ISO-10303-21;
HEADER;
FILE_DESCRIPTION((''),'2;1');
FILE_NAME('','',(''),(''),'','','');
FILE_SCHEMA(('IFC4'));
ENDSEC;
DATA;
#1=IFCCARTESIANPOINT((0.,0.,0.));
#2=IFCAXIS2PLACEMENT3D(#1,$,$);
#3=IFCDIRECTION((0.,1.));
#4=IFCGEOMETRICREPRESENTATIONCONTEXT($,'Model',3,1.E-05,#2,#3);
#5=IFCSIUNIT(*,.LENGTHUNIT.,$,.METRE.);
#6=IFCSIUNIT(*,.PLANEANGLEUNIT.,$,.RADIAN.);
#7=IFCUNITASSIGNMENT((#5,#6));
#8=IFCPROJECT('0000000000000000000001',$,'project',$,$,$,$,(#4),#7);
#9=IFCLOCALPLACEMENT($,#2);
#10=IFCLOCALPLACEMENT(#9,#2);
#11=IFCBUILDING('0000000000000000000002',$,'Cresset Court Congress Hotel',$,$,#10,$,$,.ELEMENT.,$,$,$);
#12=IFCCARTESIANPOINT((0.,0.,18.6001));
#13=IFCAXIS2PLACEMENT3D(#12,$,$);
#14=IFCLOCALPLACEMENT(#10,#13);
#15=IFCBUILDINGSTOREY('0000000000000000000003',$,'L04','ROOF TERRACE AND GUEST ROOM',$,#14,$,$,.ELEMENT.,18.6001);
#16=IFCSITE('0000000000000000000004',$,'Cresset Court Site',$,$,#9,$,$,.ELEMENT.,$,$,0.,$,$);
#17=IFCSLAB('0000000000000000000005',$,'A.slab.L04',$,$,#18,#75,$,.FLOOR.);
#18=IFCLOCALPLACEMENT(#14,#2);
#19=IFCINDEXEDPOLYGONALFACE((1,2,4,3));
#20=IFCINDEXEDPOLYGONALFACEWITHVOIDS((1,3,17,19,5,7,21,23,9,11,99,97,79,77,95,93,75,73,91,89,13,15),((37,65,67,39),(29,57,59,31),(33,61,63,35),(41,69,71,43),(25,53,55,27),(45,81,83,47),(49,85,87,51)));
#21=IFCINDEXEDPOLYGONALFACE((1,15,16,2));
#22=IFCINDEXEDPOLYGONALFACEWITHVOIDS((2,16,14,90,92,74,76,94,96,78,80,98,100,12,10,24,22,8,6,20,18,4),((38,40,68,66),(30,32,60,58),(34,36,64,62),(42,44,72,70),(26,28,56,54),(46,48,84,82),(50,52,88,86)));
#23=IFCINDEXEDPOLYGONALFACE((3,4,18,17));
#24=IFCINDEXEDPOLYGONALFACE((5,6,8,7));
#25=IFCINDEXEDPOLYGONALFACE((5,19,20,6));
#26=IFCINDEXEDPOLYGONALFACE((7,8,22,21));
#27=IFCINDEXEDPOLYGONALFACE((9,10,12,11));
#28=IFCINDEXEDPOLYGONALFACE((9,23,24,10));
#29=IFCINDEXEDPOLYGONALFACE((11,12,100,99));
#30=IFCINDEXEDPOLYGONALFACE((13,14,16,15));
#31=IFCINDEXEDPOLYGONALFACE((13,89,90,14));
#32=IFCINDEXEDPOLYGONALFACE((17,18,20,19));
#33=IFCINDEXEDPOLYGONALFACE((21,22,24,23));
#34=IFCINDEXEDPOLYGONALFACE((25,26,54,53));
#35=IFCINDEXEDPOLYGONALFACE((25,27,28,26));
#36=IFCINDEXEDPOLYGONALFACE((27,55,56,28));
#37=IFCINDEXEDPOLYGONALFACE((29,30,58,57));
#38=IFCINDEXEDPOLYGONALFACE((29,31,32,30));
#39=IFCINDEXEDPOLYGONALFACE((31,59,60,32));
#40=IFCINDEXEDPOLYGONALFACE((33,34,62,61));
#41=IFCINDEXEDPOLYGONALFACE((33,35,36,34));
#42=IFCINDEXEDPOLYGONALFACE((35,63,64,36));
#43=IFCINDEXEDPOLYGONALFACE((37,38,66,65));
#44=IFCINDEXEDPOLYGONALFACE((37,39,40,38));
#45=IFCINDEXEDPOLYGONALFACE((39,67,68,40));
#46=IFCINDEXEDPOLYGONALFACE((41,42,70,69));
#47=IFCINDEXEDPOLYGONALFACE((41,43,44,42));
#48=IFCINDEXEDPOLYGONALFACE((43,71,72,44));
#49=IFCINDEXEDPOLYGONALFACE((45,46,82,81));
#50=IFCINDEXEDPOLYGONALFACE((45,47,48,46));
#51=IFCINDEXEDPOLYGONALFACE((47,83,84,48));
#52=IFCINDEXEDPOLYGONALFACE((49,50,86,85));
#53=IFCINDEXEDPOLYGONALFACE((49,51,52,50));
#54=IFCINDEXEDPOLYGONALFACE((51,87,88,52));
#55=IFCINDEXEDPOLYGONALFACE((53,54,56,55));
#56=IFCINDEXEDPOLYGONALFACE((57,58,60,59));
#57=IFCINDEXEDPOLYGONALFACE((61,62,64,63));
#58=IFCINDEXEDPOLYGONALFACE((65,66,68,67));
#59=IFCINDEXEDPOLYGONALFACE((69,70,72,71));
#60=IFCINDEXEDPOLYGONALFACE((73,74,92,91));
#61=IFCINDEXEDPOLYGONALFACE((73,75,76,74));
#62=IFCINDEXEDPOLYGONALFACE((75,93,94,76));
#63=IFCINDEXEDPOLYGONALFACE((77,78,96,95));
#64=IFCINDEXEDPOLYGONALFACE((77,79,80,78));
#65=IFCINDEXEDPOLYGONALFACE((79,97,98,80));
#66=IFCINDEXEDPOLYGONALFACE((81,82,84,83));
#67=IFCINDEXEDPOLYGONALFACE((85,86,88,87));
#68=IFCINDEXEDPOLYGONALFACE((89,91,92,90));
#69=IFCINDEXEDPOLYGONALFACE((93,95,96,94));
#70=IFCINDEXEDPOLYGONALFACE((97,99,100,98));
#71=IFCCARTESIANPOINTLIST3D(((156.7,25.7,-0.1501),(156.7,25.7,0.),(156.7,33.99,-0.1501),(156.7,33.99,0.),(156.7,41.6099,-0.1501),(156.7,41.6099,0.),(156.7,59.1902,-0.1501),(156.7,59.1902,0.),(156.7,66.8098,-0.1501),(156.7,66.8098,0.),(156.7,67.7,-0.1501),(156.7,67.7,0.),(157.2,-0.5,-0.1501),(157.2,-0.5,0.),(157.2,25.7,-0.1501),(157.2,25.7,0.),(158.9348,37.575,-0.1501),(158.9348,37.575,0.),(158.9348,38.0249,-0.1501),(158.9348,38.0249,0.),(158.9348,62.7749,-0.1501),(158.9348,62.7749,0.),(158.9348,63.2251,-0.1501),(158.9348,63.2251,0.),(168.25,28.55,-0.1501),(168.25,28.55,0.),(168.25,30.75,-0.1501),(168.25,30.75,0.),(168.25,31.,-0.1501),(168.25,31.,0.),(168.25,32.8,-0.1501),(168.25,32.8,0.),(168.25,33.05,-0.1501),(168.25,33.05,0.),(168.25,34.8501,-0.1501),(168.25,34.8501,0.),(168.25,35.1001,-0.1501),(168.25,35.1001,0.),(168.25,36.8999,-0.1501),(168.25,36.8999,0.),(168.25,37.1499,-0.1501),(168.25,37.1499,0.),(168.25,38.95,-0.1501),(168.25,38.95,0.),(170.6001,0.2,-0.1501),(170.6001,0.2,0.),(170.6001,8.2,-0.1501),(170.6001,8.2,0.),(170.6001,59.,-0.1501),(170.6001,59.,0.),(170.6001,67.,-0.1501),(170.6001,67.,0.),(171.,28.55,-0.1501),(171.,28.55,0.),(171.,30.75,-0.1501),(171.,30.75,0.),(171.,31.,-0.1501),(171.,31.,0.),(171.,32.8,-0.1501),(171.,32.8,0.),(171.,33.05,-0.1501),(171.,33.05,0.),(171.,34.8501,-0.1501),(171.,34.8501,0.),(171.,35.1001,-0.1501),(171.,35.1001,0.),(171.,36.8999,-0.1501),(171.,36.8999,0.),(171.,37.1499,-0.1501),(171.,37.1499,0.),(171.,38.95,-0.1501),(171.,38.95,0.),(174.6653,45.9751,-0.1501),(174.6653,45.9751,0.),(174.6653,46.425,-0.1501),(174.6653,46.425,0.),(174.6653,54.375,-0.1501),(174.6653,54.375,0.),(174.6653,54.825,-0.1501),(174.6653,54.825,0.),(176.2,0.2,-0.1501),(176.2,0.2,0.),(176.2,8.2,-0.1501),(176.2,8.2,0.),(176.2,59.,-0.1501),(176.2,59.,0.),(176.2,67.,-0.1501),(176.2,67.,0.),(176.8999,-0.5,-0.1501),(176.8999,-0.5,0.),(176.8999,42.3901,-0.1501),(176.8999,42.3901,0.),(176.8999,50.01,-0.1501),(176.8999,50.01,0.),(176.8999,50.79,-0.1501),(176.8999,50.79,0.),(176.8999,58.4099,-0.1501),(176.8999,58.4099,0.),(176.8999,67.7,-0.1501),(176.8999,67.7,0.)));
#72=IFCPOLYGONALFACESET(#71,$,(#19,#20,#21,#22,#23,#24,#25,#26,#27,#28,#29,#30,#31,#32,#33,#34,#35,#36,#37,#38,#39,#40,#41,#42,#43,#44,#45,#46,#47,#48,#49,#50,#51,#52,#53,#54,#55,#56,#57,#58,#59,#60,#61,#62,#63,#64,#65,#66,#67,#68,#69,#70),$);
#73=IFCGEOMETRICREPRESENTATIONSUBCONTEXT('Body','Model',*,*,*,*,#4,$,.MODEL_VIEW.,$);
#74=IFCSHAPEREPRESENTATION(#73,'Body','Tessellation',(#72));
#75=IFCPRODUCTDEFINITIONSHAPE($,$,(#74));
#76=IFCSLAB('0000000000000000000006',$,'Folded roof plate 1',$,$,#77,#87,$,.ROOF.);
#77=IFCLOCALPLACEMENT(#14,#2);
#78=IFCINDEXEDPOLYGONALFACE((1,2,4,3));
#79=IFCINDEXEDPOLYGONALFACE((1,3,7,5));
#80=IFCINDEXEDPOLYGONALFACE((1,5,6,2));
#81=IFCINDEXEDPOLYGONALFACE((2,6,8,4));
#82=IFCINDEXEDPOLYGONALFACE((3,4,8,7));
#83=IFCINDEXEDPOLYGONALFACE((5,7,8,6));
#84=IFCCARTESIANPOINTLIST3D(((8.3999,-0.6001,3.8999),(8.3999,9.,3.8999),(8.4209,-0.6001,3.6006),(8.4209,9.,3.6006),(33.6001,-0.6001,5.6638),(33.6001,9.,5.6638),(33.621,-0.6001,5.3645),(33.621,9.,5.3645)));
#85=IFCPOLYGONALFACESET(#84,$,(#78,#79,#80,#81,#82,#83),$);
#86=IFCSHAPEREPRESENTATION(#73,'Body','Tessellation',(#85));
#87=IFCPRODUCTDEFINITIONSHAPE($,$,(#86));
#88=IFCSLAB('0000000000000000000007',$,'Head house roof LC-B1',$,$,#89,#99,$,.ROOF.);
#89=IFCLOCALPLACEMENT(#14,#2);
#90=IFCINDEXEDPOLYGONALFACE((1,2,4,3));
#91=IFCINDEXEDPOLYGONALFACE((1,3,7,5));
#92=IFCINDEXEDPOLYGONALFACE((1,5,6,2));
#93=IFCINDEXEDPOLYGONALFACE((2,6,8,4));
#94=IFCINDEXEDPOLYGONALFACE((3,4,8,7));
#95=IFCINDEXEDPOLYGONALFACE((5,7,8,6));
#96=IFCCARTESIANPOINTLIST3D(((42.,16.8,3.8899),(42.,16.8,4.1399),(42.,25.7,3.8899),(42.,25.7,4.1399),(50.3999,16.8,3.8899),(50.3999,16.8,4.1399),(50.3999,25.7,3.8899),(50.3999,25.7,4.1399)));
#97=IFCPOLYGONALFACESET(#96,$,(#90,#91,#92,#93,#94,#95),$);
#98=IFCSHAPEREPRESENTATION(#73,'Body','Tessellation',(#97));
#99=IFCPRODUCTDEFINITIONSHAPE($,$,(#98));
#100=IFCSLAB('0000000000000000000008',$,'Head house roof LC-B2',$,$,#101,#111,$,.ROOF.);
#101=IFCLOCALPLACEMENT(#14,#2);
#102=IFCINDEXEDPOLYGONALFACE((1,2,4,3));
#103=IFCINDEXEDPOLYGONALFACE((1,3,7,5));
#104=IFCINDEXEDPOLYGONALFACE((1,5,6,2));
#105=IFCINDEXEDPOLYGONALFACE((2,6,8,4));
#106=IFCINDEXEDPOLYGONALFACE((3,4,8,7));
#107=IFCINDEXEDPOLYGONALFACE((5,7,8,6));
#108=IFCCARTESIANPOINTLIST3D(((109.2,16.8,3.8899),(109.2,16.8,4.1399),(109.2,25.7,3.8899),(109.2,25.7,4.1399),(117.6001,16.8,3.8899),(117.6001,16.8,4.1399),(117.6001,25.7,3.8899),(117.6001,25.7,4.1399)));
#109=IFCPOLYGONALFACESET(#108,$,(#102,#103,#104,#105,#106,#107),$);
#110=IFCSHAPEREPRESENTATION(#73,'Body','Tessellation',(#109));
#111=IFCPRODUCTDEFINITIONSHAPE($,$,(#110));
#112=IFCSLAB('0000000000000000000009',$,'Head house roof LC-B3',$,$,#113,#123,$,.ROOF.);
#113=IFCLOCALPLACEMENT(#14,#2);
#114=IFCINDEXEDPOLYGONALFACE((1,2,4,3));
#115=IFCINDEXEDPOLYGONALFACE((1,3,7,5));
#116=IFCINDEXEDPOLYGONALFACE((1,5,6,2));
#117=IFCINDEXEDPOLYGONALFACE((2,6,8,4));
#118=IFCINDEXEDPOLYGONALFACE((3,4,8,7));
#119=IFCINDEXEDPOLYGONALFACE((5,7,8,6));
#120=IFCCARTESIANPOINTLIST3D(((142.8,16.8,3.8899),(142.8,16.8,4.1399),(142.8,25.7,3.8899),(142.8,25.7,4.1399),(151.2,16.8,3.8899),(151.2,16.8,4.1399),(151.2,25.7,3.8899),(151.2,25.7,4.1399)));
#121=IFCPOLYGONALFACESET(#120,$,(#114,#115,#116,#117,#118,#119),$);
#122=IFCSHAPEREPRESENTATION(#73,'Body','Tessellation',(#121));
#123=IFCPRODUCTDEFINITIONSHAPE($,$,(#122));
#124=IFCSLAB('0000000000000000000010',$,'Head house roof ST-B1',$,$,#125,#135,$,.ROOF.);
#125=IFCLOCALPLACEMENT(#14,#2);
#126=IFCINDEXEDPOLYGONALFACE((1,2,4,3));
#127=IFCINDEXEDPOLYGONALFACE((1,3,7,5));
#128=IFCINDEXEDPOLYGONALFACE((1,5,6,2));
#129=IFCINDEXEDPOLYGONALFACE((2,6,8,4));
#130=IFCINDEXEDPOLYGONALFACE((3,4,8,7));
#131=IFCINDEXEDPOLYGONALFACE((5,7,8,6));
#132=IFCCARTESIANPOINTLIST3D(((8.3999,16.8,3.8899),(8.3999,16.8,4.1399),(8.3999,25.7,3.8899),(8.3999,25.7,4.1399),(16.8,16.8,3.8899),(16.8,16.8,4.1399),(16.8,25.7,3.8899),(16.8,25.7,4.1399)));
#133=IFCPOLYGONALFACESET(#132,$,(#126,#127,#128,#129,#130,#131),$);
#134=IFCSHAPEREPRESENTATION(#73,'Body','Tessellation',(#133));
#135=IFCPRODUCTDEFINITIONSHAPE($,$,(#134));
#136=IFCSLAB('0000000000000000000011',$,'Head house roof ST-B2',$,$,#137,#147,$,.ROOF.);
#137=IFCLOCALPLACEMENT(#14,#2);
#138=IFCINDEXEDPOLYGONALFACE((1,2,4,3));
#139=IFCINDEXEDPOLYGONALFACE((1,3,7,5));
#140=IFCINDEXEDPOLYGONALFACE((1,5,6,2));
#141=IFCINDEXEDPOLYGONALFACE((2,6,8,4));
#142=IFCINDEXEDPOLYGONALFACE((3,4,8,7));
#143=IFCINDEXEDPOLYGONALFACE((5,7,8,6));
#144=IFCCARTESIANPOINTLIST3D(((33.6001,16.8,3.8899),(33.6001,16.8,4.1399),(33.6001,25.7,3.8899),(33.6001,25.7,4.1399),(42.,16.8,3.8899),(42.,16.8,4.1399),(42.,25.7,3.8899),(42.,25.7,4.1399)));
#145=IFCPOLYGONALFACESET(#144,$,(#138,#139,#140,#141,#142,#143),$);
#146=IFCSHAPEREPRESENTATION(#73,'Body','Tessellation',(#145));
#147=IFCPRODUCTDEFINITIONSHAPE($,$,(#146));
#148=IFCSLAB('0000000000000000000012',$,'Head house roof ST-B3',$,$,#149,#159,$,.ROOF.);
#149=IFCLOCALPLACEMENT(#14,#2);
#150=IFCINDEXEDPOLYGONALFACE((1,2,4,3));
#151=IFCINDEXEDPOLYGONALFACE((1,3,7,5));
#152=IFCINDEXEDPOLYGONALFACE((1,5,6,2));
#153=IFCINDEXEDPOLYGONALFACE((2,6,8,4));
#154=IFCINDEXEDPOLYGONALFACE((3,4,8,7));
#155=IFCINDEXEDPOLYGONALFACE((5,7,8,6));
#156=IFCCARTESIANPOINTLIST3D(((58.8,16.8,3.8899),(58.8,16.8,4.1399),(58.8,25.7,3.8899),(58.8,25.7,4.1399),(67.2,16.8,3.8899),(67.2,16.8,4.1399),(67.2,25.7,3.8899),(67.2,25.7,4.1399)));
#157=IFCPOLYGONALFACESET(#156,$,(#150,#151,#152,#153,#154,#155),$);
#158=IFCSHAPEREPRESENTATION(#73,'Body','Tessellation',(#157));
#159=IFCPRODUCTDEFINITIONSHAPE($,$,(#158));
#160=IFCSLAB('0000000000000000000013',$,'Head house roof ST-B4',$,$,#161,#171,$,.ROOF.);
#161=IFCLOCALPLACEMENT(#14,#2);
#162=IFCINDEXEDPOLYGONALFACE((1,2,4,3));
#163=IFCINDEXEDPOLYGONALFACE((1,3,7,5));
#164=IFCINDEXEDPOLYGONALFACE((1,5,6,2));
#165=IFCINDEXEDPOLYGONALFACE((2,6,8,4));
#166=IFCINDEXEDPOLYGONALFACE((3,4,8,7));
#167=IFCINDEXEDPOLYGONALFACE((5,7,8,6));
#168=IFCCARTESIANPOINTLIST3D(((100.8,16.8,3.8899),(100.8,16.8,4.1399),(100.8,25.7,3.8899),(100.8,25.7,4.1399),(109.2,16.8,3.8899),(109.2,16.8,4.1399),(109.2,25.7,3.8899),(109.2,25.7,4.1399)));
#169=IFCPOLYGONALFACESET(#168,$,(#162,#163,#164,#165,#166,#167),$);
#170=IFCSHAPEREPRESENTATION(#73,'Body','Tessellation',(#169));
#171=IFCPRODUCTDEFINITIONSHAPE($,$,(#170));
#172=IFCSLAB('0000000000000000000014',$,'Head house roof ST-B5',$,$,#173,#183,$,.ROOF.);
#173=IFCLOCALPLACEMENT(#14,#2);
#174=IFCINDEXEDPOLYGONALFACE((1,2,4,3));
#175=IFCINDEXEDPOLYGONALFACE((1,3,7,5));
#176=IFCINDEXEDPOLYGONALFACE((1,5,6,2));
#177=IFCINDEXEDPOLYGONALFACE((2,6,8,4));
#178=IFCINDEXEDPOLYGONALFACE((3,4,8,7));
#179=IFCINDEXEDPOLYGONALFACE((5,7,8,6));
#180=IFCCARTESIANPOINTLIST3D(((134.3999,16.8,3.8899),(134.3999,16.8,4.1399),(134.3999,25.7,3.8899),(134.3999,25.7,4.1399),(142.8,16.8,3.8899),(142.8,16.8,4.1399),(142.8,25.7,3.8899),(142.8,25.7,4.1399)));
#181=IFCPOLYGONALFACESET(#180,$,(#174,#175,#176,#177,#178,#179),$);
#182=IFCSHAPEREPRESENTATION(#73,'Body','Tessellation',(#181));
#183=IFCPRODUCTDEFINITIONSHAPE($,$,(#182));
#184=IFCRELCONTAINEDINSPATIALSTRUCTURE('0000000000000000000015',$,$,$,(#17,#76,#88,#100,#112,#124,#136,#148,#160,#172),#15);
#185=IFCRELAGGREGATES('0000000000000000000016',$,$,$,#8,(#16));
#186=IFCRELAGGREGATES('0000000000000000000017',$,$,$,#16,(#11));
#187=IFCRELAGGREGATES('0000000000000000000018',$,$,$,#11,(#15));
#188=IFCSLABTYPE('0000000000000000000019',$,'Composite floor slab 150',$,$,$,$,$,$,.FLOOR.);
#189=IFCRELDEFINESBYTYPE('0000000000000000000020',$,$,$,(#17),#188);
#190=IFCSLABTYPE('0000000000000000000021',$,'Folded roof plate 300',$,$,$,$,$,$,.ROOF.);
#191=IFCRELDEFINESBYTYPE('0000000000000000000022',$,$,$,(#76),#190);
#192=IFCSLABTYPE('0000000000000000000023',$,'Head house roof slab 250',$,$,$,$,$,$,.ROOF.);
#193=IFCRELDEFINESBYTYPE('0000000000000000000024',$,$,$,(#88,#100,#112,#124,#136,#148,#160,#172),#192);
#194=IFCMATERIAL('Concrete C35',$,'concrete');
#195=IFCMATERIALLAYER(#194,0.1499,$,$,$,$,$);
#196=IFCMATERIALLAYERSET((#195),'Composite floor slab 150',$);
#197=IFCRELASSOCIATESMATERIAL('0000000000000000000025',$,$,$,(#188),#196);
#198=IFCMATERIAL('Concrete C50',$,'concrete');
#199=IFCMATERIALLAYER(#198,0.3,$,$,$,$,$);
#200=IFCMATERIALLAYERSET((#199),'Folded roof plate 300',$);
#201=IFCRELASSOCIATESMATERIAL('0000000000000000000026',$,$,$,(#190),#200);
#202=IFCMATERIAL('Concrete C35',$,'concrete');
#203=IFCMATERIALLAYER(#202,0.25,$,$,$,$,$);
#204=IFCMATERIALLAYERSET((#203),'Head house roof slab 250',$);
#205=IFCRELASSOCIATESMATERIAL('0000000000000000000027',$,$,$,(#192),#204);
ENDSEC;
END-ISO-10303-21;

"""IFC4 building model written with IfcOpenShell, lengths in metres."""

from ifc_helpers import new_model, si_unit, direction, frame, origin, place, context, subcontext, project, spatial, polyline, outline, extrude, material, layer, layer_set, type_object, element, save


model = new_model("IFC4")

# Units and contexts
model_context = context("Model", 3, precision=1e-05, world=origin(), true_north=direction((0.0, 1.0)))
body_context = subcontext(model_context, "Body", "Model", "MODEL_VIEW")
ifc_project = project(units=[si_unit("LENGTHUNIT", "METRE"), si_unit("PLANEANGLEUNIT", "RADIAN")], contexts=[model_context])

# Site, building, storey
site_placement = place(None, origin())
site = spatial("IfcSite", under=ifc_project, at=site_placement, Name="Cresset Court Site", CompositionType="ELEMENT", RefElevation=0.0)
building_placement = place(site_placement, origin())
building = spatial("IfcBuilding", under=site, at=building_placement, Name="Cresset Court Congress Hotel", CompositionType="ELEMENT")
storey_placement = place(building_placement, frame((0.0, 0.0, 18.6001)))
storey = spatial("IfcBuildingStorey", under=building, at=storey_placement, Name="L04", Description="ROOF TERRACE AND GUEST ROOM", CompositionType="ELEMENT", Elevation=18.6001)

# Slabs
ifc_material_1 = material(Name="Concrete C35", Category="concrete")
ifc_layer_1 = layer(ifc_material_1, 0.1499)
ifc_layer_set_1 = layer_set([ifc_layer_1], Name="Composite floor slab 150")
slab_type_1 = type_object("IfcSlabType", Name="Composite floor slab 150", PredefinedType="FLOOR", material=ifc_layer_set_1)
slab_1_placement = place(storey_placement, frame((0.0, 0.0, -0.1501)))
element("IfcSlab", 1, at=slab_1_placement, inside=storey, type_object=slab_type_1, Name="A.slab.L04", PredefinedType="FLOOR", context=body_context, shape_type="SweptSolid", body=[
    extrude(outline(polyline([(157.2, -0.5), (176.8999, -0.5), (176.8999, 42.3901), (174.6653, 45.9751), (174.6653, 46.425), (176.8999, 50.01), (176.8999, 50.79), (174.6653, 54.375), (174.6653, 54.825), (176.8999, 58.4099), (176.8999, 67.7), (156.7, 67.7), (156.7, 66.8098), (158.9348, 63.2251), (158.9348, 62.7749), (156.7, 59.1902), (156.7, 41.6099), (158.9348, 38.0249), (158.9348, 37.575), (156.7, 33.99), (156.7, 25.7), (157.2, 25.7), (157.2, -0.5)]), holes=[polyline([(170.6001, 0.2), (176.2, 0.2), (176.2, 8.2), (170.6001, 8.2), (170.6001, 0.2)]), polyline([(170.6001, 59.0), (176.2, 59.0), (176.2, 67.0), (170.6001, 67.0), (170.6001, 59.0)]), polyline([(168.25, 28.55), (171.0, 28.55), (171.0, 30.75), (168.25, 30.75), (168.25, 28.55)]), polyline([(168.25, 31.0), (171.0, 31.0), (171.0, 32.8), (168.25, 32.8), (168.25, 31.0)]), polyline([(168.25, 33.05), (171.0, 33.05), (171.0, 34.8501), (168.25, 34.8501), (168.25, 33.05)]), polyline([(168.25, 35.1001), (171.0, 35.1001), (171.0, 36.8999), (168.25, 36.8999), (168.25, 35.1001)]), polyline([(168.25, 37.1499), (171.0, 37.1499), (171.0, 38.95), (168.25, 38.95), (168.25, 37.1499)])]), origin(), (0.0, 0.0, 1.0), 0.1501),
])
ifc_material_2 = material(Name="Concrete C50", Category="concrete")
ifc_layer_2 = layer(ifc_material_2, 0.3)
ifc_layer_set_2 = layer_set([ifc_layer_2], Name="Folded roof plate 300")
slab_type_2 = type_object("IfcSlabType", Name="Folded roof plate 300", PredefinedType="ROOF", material=ifc_layer_set_2)
slab_2_placement = place(storey_placement, frame((8.3999, -0.6001, 3.8999), z_axis=(-0.069825, 0.0, 0.997559), x_axis=(0.997559, 0.0, 0.069825)))
element("IfcSlab", 2, at=slab_2_placement, inside=storey, type_object=slab_type_2, Name="Folded roof plate 1", PredefinedType="ROOF", context=body_context, shape_type="SweptSolid", body=[
    extrude(outline(polyline([(0.0, 0.0), (25.2619, 0.0), (25.2619, 9.6001), (0.0, 9.6001), (0.0, 0.0)])), origin(), (0.0, 0.0, -1.0), 0.3),
])
ifc_material_3 = material(Name="Concrete C35", Category="concrete")
ifc_layer_3 = layer(ifc_material_3, 0.25)
ifc_layer_set_3 = layer_set([ifc_layer_3], Name="Head house roof slab 250")
slab_type_3 = type_object("IfcSlabType", Name="Head house roof slab 250", PredefinedType="ROOF", material=ifc_layer_set_3)
slab_3_placement = place(storey_placement, frame((0.0, 0.0, 3.8899)))
element("IfcSlab", 3, at=slab_3_placement, inside=storey, type_object=slab_type_3, Name="Head house roof LC-B1", PredefinedType="ROOF", context=body_context, shape_type="SweptSolid", body=[
    extrude(outline(polyline([(42.0, 16.8), (50.3999, 16.8), (50.3999, 25.7), (42.0, 25.7), (42.0, 16.8)])), origin(), (0.0, 0.0, 1.0), 0.25),
])
slab_4_placement = place(storey_placement, frame((0.0, 0.0, 3.8899)))
element("IfcSlab", 4, at=slab_4_placement, inside=storey, type_object=slab_type_3, Name="Head house roof LC-B2", PredefinedType="ROOF", context=body_context, shape_type="SweptSolid", body=[
    extrude(outline(polyline([(109.2, 16.8), (117.6001, 16.8), (117.6001, 25.7), (109.2, 25.7), (109.2, 16.8)])), origin(), (0.0, 0.0, 1.0), 0.25),
])
slab_5_placement = place(storey_placement, frame((0.0, 0.0, 3.8899)))
element("IfcSlab", 5, at=slab_5_placement, inside=storey, type_object=slab_type_3, Name="Head house roof LC-B3", PredefinedType="ROOF", context=body_context, shape_type="SweptSolid", body=[
    extrude(outline(polyline([(142.8, 16.8), (151.2, 16.8), (151.2, 25.7), (142.8, 25.7), (142.8, 16.8)])), origin(), (0.0, 0.0, 1.0), 0.25),
])
slab_6_placement = place(storey_placement, frame((0.0, 0.0, 3.8899)))
element("IfcSlab", 6, at=slab_6_placement, inside=storey, type_object=slab_type_3, Name="Head house roof ST-B1", PredefinedType="ROOF", context=body_context, shape_type="SweptSolid", body=[
    extrude(outline(polyline([(8.3999, 16.8), (16.8, 16.8), (16.8, 25.7), (8.3999, 25.7), (8.3999, 16.8)])), origin(), (0.0, 0.0, 1.0), 0.25),
])
slab_7_placement = place(storey_placement, frame((0.0, 0.0, 3.8899)))
element("IfcSlab", 7, at=slab_7_placement, inside=storey, type_object=slab_type_3, Name="Head house roof ST-B2", PredefinedType="ROOF", context=body_context, shape_type="SweptSolid", body=[
    extrude(outline(polyline([(33.6001, 16.8), (42.0, 16.8), (42.0, 25.7), (33.6001, 25.7), (33.6001, 16.8)])), origin(), (0.0, 0.0, 1.0), 0.25),
])
slab_8_placement = place(storey_placement, frame((0.0, 0.0, 3.8899)))
element("IfcSlab", 8, at=slab_8_placement, inside=storey, type_object=slab_type_3, Name="Head house roof ST-B3", PredefinedType="ROOF", context=body_context, shape_type="SweptSolid", body=[
    extrude(outline(polyline([(58.8, 16.8), (67.2, 16.8), (67.2, 25.7), (58.8, 25.7), (58.8, 16.8)])), origin(), (0.0, 0.0, 1.0), 0.25),
])
slab_9_placement = place(storey_placement, frame((0.0, 0.0, 3.8899)))
element("IfcSlab", 9, at=slab_9_placement, inside=storey, type_object=slab_type_3, Name="Head house roof ST-B4", PredefinedType="ROOF", context=body_context, shape_type="SweptSolid", body=[
    extrude(outline(polyline([(100.8, 16.8), (109.2, 16.8), (109.2, 25.7), (100.8, 25.7), (100.8, 16.8)])), origin(), (0.0, 0.0, 1.0), 0.25),
])
slab_10_placement = place(storey_placement, frame((0.0, 0.0, 3.8899)))
element("IfcSlab", 10, at=slab_10_placement, inside=storey, type_object=slab_type_3, Name="Head house roof ST-B5", PredefinedType="ROOF", context=body_context, shape_type="SweptSolid", body=[
    extrude(outline(polyline([(134.3999, 16.8), (142.8, 16.8), (142.8, 25.7), (134.3999, 25.7), (134.3999, 16.8)])), origin(), (0.0, 0.0, 1.0), 0.25),
])

save(model, "model.ifc")
